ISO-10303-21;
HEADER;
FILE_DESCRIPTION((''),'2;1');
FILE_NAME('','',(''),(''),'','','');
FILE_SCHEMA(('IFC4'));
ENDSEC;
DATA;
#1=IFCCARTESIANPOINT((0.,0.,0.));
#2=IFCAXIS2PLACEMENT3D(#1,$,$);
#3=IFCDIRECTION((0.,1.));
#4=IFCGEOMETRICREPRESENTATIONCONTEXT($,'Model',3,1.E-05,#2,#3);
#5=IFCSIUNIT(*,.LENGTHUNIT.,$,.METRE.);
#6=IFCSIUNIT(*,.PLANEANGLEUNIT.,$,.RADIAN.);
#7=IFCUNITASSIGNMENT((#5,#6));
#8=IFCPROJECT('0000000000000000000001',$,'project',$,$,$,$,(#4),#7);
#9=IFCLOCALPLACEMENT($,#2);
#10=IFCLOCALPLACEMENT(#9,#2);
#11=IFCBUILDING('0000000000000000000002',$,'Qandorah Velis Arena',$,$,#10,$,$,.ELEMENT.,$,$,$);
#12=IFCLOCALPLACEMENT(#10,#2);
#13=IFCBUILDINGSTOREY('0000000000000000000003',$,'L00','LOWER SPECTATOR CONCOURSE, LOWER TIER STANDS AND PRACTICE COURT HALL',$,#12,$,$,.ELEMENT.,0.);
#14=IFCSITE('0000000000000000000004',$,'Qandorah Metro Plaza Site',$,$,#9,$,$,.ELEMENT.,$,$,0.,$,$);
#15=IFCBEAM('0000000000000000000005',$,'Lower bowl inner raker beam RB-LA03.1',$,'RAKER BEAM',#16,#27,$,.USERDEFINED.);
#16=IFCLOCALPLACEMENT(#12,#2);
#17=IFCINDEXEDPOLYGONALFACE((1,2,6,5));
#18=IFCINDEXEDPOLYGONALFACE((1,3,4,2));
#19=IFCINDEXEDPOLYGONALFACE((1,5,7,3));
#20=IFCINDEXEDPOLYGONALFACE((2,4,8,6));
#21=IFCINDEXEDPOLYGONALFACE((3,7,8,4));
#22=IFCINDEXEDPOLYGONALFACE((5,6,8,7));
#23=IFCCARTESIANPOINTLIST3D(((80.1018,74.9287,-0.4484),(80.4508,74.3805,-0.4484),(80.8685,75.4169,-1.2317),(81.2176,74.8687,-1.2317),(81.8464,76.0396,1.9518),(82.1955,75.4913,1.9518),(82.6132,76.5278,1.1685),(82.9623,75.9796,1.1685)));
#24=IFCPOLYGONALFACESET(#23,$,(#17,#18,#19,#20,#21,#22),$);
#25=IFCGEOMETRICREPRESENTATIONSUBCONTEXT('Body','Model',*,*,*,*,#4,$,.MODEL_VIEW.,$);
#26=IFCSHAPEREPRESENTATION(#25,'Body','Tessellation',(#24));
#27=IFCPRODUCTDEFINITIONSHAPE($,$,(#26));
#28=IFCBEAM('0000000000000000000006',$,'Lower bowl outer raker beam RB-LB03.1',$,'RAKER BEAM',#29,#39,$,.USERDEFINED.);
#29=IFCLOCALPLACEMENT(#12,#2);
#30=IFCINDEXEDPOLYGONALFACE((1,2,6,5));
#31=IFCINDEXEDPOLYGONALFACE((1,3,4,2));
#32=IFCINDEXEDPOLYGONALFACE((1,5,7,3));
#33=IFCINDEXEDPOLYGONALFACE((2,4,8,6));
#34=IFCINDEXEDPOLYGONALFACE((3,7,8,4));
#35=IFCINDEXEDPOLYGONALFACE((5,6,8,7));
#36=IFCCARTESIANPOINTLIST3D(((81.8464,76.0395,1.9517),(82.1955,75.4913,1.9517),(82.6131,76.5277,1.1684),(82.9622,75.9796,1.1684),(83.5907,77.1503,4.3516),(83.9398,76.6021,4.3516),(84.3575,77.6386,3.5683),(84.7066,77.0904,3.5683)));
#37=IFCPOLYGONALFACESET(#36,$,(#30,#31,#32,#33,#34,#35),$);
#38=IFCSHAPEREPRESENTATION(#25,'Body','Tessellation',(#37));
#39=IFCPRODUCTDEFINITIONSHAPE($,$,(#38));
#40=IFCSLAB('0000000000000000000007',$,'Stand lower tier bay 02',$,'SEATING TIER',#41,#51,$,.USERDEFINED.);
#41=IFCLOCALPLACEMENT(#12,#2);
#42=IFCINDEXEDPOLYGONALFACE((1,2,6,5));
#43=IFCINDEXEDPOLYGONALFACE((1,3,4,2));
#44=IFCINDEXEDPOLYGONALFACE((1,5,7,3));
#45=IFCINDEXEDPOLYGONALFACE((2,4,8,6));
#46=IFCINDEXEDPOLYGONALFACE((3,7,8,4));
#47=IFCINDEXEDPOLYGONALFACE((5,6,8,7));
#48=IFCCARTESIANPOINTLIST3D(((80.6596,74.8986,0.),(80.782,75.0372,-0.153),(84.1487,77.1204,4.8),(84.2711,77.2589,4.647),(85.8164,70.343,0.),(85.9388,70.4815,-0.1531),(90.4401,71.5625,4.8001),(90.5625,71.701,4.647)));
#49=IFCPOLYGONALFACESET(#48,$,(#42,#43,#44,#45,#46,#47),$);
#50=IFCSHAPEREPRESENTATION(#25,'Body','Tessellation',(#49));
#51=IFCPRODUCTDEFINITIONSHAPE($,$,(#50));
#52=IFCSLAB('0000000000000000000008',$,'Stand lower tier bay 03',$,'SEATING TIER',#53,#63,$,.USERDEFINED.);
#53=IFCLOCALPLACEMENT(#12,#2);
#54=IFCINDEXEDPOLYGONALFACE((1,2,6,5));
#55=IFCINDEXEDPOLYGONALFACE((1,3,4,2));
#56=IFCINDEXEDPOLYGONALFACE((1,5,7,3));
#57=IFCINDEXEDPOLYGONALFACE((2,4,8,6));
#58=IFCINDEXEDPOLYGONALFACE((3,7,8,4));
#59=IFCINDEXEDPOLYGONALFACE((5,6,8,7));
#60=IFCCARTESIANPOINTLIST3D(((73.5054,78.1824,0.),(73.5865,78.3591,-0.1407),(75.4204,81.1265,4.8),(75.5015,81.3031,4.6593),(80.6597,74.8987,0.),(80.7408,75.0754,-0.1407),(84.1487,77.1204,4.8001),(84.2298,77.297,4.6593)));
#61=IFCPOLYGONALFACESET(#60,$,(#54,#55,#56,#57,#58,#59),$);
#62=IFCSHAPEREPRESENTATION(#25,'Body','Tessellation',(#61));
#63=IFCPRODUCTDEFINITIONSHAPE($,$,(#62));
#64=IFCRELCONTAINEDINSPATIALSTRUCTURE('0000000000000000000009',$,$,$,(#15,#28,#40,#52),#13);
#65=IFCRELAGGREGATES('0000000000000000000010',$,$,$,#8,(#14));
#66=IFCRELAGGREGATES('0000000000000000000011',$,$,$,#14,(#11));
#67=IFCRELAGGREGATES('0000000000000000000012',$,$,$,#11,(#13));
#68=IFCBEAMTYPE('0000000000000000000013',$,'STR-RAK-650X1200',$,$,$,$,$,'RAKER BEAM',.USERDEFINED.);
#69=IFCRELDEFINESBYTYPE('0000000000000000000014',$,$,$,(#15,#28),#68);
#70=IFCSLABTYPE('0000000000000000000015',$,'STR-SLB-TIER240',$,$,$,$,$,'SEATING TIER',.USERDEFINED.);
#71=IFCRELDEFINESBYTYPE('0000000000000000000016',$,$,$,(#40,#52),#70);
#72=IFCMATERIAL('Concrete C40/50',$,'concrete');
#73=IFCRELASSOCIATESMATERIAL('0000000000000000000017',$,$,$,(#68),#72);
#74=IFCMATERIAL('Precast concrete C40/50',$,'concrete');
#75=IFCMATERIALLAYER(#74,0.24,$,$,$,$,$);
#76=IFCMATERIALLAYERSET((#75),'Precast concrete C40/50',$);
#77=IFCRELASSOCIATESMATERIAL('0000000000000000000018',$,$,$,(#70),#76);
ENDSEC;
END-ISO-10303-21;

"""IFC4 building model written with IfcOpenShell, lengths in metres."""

from ifc_helpers import new_model, si_unit, direction, frame, origin, origin_2d, place, context, subcontext, project, spatial, polyline, rectangle, outline, extrude, material, layer, layer_set, material_profile, profile_set, type_object, element, save


model = new_model("IFC4")

# Units and contexts
model_context = context("Model", 3, precision=1e-05, world=origin(), true_north=direction((0.0, 1.0)))
body_context = subcontext(model_context, "Body", "Model", "MODEL_VIEW")
ifc_project = project(units=[si_unit("LENGTHUNIT", "METRE"), si_unit("PLANEANGLEUNIT", "RADIAN")], contexts=[model_context])

# Site, building, storey
site_placement = place(None, origin())
site = spatial("IfcSite", under=ifc_project, at=site_placement, Name="Qandorah Metro Plaza Site", CompositionType="ELEMENT", RefElevation=0.0)
building_placement = place(site_placement, origin())
building = spatial("IfcBuilding", under=site, at=building_placement, Name="Qandorah Velis Arena", CompositionType="ELEMENT")
storey_placement = place(building_placement, origin())
storey = spatial("IfcBuildingStorey", under=building, at=storey_placement, Name="L00", Description="LOWER SPECTATOR CONCOURSE, LOWER TIER STANDS AND PRACTICE COURT HALL", CompositionType="ELEMENT", Elevation=0.0)

# Shared definitions
ifc_material_1 = material(Name="Concrete C40/50", Category="concrete")

# Beams
ifc_material_profile_1 = material_profile(ifc_material_1, rectangle(XDim=0.6499, YDim=1.2, at=origin_2d()), Name="RC RAKER 650x1200")
ifc_profile_set_1 = profile_set([ifc_material_profile_1], Name="Concrete C40/50")
beam_type_1 = type_object("IfcBeamType", Name="STR-RAK-650X1200", ElementType="RAKER BEAM", PredefinedType="USERDEFINED", material=ifc_profile_set_1)
beam_1_placement = place(storey_placement, frame((80.6597, 74.8987, -0.8401), z_axis=(0.550644, 0.350606, 0.75754), x_axis=(-0.537089, 0.843525, 0.0)))
element("IfcBeam", 1, at=beam_1_placement, inside=storey, type_object=beam_type_1, Name="Lower bowl inner raker beam RB-LA03.1", ObjectType="RAKER BEAM", PredefinedType="USERDEFINED", context=body_context, shape_type="SweptSolid", body=[
    extrude(rectangle(XDim=0.6499, YDim=1.2, at=origin_2d()), origin(), (0.0, 0.0, 1.0), 3.1685),
])
beam_2_placement = place(storey_placement, frame((82.4043, 76.0095, 1.5601), z_axis=(0.550622, 0.350641, 0.757539), x_axis=(-0.537143, 0.843491, 0.0)))
element("IfcBeam", 2, at=beam_2_placement, inside=storey, type_object=beam_type_1, Name="Lower bowl outer raker beam RB-LB03.1", ObjectType="RAKER BEAM", PredefinedType="USERDEFINED", context=body_context, shape_type="SweptSolid", body=[
    extrude(rectangle(XDim=0.6499, YDim=1.2, at=origin_2d()), origin(), (0.0, 0.0, 1.0), 3.168),
])

# Slabs
ifc_material_2 = material(Name="Precast concrete C40/50", Category="concrete")
ifc_layer = layer(ifc_material_2, 0.24)
ifc_layer_set = layer_set([ifc_layer], Name="Precast concrete C40/50")
slab_type = type_object("IfcSlabType", Name="STR-SLB-TIER240", ElementType="SEATING TIER", PredefinedType="USERDEFINED", material=ifc_layer_set)
slab_1_placement = place(storey_placement, frame((85.8164, 70.343, 0.0), z_axis=(-0.509916, -0.577211, 0.637819), x_axis=(-0.74944, 0.662073, 0.000007)))
element("IfcSlab", 3, at=slab_1_placement, inside=storey, type_object=slab_type, Name="Stand lower tier bay 02", ObjectType="SEATING TIER", PredefinedType="USERDEFINED", context=body_context, shape_type="SweptSolid", body=[
    extrude(outline(polyline([(0.0, 0.0), (6.8808, 0.0), (5.737, -6.2323), (-2.6578, -6.2324), (0.0, 0.0)])), origin(), (0.0, 0.0, -1.0), 0.24),
])
slab_2_placement = place(storey_placement, frame((80.6597, 74.8987, 0.0), z_axis=(-0.337905, -0.736207, 0.586362), x_axis=(-0.908842, 0.417141, 0.0)))
element("IfcSlab", 4, at=slab_2_placement, inside=storey, type_object=slab_type, Name="Stand lower tier bay 03", ObjectType="SEATING TIER", PredefinedType="USERDEFINED", context=body_context, shape_type="SweptSolid", body=[
    extrude(outline(polyline([(0.0, 0.0), (7.8719, 0.0), (7.3595, -5.9256), (-2.2442, -5.9256), (0.0, 0.0)])), origin(), (0.0, 0.0, -1.0), 0.24),
])

save(model, "model.ifc")
